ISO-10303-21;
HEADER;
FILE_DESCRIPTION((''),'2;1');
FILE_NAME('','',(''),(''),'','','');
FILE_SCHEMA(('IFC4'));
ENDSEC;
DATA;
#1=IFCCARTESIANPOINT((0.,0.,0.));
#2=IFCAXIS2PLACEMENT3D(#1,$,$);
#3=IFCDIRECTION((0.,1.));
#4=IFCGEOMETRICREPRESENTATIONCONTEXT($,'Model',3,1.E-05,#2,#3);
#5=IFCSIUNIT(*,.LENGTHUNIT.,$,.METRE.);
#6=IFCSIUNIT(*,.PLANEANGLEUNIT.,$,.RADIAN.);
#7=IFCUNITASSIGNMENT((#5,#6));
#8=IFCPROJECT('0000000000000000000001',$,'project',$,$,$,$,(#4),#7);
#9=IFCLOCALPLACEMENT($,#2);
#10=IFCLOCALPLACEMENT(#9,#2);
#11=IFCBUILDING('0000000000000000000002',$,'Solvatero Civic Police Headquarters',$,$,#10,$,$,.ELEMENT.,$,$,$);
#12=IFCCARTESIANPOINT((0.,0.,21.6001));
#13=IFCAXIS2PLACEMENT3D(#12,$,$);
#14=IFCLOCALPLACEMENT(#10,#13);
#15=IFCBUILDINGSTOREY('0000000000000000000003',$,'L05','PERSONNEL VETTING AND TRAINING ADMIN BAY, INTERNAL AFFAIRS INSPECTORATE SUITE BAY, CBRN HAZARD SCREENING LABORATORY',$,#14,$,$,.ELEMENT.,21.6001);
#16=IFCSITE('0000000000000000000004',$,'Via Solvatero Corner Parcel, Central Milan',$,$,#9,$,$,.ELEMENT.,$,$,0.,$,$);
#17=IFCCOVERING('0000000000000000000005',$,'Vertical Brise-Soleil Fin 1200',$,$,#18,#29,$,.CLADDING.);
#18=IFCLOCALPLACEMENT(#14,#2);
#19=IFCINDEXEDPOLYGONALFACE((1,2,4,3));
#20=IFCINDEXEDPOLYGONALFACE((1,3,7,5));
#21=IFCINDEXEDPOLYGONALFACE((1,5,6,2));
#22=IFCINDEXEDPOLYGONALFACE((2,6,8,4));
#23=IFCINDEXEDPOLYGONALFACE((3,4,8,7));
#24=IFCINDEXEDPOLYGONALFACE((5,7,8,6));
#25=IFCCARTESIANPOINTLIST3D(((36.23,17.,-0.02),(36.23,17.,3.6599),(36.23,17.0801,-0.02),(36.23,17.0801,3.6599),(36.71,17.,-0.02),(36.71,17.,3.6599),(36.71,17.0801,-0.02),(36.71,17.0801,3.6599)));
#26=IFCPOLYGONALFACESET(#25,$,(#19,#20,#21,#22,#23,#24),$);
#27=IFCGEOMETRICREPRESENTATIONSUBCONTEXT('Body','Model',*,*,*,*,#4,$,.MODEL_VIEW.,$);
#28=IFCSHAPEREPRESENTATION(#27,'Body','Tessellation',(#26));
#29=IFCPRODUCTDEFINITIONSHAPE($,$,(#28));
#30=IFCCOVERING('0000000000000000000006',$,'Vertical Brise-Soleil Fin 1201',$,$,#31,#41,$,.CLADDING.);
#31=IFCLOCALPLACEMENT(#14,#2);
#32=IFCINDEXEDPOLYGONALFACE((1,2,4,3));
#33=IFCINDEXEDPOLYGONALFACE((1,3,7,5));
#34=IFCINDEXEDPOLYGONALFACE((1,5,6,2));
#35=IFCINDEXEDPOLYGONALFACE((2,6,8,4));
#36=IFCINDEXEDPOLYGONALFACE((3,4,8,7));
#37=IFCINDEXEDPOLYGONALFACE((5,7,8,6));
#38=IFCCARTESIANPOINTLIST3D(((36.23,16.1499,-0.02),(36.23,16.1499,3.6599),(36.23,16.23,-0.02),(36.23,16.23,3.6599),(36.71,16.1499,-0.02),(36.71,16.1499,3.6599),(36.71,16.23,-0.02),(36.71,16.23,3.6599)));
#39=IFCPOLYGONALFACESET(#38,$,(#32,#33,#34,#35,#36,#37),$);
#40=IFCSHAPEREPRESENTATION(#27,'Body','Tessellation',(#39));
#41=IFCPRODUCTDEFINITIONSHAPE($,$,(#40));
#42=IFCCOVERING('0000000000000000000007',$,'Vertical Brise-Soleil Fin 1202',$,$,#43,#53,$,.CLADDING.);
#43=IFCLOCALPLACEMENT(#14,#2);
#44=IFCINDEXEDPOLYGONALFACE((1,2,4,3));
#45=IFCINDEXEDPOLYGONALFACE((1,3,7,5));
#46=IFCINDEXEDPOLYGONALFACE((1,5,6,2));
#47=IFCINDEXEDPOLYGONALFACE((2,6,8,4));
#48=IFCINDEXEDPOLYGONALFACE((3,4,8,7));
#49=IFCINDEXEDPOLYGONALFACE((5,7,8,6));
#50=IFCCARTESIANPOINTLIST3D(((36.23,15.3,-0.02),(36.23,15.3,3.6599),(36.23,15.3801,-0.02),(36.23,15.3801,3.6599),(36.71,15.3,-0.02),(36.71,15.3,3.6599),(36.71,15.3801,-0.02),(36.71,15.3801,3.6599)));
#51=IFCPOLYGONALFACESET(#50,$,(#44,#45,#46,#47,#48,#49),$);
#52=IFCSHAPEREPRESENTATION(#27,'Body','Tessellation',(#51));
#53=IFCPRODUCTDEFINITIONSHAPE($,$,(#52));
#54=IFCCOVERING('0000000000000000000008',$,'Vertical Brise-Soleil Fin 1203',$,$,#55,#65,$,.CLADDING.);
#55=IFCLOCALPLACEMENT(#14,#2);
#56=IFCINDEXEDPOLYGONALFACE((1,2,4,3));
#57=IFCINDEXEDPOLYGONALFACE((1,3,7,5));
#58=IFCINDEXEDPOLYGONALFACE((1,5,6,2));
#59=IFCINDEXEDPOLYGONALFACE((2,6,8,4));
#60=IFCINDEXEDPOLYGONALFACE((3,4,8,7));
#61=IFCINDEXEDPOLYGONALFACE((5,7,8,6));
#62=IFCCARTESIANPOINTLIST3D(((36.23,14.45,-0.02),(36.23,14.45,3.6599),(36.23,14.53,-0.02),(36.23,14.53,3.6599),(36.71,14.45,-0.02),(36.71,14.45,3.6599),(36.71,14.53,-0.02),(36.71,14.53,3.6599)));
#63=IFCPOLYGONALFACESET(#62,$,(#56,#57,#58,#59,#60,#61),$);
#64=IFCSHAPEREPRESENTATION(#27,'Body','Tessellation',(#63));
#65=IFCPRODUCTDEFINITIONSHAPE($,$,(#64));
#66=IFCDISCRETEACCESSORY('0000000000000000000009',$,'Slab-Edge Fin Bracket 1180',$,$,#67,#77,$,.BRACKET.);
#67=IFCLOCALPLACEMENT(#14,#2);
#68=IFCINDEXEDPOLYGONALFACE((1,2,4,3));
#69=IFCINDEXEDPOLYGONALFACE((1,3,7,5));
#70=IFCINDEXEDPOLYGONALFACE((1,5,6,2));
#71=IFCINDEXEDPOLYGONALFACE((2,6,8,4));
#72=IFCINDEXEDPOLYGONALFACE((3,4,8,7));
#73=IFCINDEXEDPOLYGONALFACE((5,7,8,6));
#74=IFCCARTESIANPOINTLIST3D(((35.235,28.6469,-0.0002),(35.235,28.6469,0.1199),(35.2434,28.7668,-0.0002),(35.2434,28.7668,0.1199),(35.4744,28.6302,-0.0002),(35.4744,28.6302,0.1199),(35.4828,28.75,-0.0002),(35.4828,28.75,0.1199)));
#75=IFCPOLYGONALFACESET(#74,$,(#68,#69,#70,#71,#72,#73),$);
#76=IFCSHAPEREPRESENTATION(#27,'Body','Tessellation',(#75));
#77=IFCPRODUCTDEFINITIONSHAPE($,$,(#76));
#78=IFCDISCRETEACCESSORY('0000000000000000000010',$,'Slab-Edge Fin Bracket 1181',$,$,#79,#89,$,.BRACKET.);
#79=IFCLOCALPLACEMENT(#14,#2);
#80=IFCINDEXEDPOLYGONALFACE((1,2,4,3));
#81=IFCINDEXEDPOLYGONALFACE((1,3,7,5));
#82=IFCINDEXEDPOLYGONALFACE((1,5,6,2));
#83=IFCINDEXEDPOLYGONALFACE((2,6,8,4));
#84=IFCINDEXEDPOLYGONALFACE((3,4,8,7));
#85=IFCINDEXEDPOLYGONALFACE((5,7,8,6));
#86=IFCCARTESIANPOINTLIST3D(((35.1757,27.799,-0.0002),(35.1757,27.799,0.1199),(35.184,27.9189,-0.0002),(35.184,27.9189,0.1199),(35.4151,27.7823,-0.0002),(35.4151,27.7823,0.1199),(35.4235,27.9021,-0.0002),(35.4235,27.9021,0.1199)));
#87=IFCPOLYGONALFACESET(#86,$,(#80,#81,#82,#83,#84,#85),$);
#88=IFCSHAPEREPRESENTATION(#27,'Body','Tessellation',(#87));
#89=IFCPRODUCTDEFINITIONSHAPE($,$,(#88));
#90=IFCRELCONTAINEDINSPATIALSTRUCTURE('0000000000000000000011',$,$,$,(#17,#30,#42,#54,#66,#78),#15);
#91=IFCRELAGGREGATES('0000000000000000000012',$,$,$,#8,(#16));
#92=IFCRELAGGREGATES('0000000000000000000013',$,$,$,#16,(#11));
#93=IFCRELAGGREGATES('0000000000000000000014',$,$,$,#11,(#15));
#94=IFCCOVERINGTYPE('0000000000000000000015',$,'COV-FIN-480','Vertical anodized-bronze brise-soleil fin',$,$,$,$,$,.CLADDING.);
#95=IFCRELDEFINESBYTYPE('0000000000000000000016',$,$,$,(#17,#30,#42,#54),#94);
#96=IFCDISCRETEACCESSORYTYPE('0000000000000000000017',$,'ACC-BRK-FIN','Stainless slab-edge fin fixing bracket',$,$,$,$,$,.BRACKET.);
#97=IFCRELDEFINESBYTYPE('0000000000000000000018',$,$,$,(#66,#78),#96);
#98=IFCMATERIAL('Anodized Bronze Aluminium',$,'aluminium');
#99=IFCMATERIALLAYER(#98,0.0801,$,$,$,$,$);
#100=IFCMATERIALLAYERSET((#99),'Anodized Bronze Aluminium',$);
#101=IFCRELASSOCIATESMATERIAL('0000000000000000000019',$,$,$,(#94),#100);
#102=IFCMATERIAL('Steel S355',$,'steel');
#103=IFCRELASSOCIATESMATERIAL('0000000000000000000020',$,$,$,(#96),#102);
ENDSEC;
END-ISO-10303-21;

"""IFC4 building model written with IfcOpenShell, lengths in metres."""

from ifc_helpers import new_model, si_unit, direction, frame, origin, origin_2d, place, context, subcontext, project, spatial, rectangle, extrude, material, layer, layer_set, type_object, element, save


model = new_model("IFC4")

# Units and contexts
model_context = context("Model", 3, precision=1e-05, world=origin(), true_north=direction((0.0, 1.0)))
body_context = subcontext(model_context, "Body", "Model", "MODEL_VIEW")
ifc_project = project(units=[si_unit("LENGTHUNIT", "METRE"), si_unit("PLANEANGLEUNIT", "RADIAN")], contexts=[model_context])

# Site, building, storey
site_placement = place(None, origin())
site = spatial("IfcSite", under=ifc_project, at=site_placement, Name="Via Solvatero Corner Parcel, Central Milan", CompositionType="ELEMENT", RefElevation=0.0)
building_placement = place(site_placement, origin())
building = spatial("IfcBuilding", under=site, at=building_placement, Name="Solvatero Civic Police Headquarters", CompositionType="ELEMENT")
storey_placement = place(building_placement, frame((0.0, 0.0, 21.6001)))
storey = spatial("IfcBuildingStorey", under=building, at=storey_placement, Name="L05", Description="PERSONNEL VETTING AND TRAINING ADMIN BAY, INTERNAL AFFAIRS INSPECTORATE SUITE BAY, CBRN HAZARD SCREENING LABORATORY", CompositionType="ELEMENT", Elevation=21.6001)

# Shared definitions
ifc_material_1 = material(Name="Steel S355", Category="steel")

# Shared definitions
ifc_material_2 = material(Name="Anodized Bronze Aluminium", Category="aluminium")

# Coverings
ifc_layer_1 = layer(ifc_material_2, 0.0801)
ifc_layer_set_1 = layer_set([ifc_layer_1], Name="Anodized Bronze Aluminium")
covering_type = type_object("IfcCoveringType", Name="COV-FIN-480", Description="Vertical anodized-bronze brise-soleil fin", PredefinedType="CLADDING", material=ifc_layer_set_1)
for number, where, z_axis, x_axis, name in (
    (1, (36.47, 17.04, -0.02), (0.0, 0.0, 1.0), (0.0, -1.0, 0.0), "Vertical Brise-Soleil Fin 1200"),
    (2, (36.47, 16.1899, -0.02), (0.0, 0.0, 1.0), (0.0, -1.0, 0.0), "Vertical Brise-Soleil Fin 1201"),
    (3, (36.47, 15.3401, -0.02), (0.0, 0.0, 1.0), (0.0, -1.0, 0.0), "Vertical Brise-Soleil Fin 1202"),
    (4, (36.47, 14.49, -0.02), (0.0, 0.0, 1.0), (0.0, -1.0, 0.0), "Vertical Brise-Soleil Fin 1203"),
):
    element("IfcCovering", number, at=place(storey_placement, frame(where, z_axis=z_axis, x_axis=x_axis)), inside=storey, type_object=covering_type, Name=name, PredefinedType="CLADDING", context=body_context, shape_type="SweptSolid", body=[
        extrude(rectangle(XDim=0.0801, YDim=0.48, at=origin_2d()), origin(), (0.0, 0.0, 1.0), 3.6799),
    ])

# Discrete accessories
discrete_accessory_type = type_object("IfcDiscreteAccessoryType", Name="ACC-BRK-FIN", Description="Stainless slab-edge fin fixing bracket", PredefinedType="BRACKET", material=ifc_material_1)
for number, where, z_axis, x_axis, name in (
    (5, (35.3589, 28.6985, -0.0002), (0.0, 0.0, 1.0), (-0.069739, -0.997565, 0.0), "Slab-Edge Fin Bracket 1180"),
    (6, (35.2996, 27.8506, -0.0002), (0.0, 0.0, 1.0), (-0.069739, -0.997565, 0.0), "Slab-Edge Fin Bracket 1181"),
):
    element("IfcDiscreteAccessory", number, at=place(storey_placement, frame(where, z_axis=z_axis, x_axis=x_axis)), inside=storey, type_object=discrete_accessory_type, Name=name, PredefinedType="BRACKET", context=body_context, shape_type="SweptSolid", body=[
        extrude(rectangle(XDim=0.1201, YDim=0.24, at=origin_2d()), origin(), (0.0, 0.0, 1.0), 0.1201),
    ])

save(model, "model.ifc")
